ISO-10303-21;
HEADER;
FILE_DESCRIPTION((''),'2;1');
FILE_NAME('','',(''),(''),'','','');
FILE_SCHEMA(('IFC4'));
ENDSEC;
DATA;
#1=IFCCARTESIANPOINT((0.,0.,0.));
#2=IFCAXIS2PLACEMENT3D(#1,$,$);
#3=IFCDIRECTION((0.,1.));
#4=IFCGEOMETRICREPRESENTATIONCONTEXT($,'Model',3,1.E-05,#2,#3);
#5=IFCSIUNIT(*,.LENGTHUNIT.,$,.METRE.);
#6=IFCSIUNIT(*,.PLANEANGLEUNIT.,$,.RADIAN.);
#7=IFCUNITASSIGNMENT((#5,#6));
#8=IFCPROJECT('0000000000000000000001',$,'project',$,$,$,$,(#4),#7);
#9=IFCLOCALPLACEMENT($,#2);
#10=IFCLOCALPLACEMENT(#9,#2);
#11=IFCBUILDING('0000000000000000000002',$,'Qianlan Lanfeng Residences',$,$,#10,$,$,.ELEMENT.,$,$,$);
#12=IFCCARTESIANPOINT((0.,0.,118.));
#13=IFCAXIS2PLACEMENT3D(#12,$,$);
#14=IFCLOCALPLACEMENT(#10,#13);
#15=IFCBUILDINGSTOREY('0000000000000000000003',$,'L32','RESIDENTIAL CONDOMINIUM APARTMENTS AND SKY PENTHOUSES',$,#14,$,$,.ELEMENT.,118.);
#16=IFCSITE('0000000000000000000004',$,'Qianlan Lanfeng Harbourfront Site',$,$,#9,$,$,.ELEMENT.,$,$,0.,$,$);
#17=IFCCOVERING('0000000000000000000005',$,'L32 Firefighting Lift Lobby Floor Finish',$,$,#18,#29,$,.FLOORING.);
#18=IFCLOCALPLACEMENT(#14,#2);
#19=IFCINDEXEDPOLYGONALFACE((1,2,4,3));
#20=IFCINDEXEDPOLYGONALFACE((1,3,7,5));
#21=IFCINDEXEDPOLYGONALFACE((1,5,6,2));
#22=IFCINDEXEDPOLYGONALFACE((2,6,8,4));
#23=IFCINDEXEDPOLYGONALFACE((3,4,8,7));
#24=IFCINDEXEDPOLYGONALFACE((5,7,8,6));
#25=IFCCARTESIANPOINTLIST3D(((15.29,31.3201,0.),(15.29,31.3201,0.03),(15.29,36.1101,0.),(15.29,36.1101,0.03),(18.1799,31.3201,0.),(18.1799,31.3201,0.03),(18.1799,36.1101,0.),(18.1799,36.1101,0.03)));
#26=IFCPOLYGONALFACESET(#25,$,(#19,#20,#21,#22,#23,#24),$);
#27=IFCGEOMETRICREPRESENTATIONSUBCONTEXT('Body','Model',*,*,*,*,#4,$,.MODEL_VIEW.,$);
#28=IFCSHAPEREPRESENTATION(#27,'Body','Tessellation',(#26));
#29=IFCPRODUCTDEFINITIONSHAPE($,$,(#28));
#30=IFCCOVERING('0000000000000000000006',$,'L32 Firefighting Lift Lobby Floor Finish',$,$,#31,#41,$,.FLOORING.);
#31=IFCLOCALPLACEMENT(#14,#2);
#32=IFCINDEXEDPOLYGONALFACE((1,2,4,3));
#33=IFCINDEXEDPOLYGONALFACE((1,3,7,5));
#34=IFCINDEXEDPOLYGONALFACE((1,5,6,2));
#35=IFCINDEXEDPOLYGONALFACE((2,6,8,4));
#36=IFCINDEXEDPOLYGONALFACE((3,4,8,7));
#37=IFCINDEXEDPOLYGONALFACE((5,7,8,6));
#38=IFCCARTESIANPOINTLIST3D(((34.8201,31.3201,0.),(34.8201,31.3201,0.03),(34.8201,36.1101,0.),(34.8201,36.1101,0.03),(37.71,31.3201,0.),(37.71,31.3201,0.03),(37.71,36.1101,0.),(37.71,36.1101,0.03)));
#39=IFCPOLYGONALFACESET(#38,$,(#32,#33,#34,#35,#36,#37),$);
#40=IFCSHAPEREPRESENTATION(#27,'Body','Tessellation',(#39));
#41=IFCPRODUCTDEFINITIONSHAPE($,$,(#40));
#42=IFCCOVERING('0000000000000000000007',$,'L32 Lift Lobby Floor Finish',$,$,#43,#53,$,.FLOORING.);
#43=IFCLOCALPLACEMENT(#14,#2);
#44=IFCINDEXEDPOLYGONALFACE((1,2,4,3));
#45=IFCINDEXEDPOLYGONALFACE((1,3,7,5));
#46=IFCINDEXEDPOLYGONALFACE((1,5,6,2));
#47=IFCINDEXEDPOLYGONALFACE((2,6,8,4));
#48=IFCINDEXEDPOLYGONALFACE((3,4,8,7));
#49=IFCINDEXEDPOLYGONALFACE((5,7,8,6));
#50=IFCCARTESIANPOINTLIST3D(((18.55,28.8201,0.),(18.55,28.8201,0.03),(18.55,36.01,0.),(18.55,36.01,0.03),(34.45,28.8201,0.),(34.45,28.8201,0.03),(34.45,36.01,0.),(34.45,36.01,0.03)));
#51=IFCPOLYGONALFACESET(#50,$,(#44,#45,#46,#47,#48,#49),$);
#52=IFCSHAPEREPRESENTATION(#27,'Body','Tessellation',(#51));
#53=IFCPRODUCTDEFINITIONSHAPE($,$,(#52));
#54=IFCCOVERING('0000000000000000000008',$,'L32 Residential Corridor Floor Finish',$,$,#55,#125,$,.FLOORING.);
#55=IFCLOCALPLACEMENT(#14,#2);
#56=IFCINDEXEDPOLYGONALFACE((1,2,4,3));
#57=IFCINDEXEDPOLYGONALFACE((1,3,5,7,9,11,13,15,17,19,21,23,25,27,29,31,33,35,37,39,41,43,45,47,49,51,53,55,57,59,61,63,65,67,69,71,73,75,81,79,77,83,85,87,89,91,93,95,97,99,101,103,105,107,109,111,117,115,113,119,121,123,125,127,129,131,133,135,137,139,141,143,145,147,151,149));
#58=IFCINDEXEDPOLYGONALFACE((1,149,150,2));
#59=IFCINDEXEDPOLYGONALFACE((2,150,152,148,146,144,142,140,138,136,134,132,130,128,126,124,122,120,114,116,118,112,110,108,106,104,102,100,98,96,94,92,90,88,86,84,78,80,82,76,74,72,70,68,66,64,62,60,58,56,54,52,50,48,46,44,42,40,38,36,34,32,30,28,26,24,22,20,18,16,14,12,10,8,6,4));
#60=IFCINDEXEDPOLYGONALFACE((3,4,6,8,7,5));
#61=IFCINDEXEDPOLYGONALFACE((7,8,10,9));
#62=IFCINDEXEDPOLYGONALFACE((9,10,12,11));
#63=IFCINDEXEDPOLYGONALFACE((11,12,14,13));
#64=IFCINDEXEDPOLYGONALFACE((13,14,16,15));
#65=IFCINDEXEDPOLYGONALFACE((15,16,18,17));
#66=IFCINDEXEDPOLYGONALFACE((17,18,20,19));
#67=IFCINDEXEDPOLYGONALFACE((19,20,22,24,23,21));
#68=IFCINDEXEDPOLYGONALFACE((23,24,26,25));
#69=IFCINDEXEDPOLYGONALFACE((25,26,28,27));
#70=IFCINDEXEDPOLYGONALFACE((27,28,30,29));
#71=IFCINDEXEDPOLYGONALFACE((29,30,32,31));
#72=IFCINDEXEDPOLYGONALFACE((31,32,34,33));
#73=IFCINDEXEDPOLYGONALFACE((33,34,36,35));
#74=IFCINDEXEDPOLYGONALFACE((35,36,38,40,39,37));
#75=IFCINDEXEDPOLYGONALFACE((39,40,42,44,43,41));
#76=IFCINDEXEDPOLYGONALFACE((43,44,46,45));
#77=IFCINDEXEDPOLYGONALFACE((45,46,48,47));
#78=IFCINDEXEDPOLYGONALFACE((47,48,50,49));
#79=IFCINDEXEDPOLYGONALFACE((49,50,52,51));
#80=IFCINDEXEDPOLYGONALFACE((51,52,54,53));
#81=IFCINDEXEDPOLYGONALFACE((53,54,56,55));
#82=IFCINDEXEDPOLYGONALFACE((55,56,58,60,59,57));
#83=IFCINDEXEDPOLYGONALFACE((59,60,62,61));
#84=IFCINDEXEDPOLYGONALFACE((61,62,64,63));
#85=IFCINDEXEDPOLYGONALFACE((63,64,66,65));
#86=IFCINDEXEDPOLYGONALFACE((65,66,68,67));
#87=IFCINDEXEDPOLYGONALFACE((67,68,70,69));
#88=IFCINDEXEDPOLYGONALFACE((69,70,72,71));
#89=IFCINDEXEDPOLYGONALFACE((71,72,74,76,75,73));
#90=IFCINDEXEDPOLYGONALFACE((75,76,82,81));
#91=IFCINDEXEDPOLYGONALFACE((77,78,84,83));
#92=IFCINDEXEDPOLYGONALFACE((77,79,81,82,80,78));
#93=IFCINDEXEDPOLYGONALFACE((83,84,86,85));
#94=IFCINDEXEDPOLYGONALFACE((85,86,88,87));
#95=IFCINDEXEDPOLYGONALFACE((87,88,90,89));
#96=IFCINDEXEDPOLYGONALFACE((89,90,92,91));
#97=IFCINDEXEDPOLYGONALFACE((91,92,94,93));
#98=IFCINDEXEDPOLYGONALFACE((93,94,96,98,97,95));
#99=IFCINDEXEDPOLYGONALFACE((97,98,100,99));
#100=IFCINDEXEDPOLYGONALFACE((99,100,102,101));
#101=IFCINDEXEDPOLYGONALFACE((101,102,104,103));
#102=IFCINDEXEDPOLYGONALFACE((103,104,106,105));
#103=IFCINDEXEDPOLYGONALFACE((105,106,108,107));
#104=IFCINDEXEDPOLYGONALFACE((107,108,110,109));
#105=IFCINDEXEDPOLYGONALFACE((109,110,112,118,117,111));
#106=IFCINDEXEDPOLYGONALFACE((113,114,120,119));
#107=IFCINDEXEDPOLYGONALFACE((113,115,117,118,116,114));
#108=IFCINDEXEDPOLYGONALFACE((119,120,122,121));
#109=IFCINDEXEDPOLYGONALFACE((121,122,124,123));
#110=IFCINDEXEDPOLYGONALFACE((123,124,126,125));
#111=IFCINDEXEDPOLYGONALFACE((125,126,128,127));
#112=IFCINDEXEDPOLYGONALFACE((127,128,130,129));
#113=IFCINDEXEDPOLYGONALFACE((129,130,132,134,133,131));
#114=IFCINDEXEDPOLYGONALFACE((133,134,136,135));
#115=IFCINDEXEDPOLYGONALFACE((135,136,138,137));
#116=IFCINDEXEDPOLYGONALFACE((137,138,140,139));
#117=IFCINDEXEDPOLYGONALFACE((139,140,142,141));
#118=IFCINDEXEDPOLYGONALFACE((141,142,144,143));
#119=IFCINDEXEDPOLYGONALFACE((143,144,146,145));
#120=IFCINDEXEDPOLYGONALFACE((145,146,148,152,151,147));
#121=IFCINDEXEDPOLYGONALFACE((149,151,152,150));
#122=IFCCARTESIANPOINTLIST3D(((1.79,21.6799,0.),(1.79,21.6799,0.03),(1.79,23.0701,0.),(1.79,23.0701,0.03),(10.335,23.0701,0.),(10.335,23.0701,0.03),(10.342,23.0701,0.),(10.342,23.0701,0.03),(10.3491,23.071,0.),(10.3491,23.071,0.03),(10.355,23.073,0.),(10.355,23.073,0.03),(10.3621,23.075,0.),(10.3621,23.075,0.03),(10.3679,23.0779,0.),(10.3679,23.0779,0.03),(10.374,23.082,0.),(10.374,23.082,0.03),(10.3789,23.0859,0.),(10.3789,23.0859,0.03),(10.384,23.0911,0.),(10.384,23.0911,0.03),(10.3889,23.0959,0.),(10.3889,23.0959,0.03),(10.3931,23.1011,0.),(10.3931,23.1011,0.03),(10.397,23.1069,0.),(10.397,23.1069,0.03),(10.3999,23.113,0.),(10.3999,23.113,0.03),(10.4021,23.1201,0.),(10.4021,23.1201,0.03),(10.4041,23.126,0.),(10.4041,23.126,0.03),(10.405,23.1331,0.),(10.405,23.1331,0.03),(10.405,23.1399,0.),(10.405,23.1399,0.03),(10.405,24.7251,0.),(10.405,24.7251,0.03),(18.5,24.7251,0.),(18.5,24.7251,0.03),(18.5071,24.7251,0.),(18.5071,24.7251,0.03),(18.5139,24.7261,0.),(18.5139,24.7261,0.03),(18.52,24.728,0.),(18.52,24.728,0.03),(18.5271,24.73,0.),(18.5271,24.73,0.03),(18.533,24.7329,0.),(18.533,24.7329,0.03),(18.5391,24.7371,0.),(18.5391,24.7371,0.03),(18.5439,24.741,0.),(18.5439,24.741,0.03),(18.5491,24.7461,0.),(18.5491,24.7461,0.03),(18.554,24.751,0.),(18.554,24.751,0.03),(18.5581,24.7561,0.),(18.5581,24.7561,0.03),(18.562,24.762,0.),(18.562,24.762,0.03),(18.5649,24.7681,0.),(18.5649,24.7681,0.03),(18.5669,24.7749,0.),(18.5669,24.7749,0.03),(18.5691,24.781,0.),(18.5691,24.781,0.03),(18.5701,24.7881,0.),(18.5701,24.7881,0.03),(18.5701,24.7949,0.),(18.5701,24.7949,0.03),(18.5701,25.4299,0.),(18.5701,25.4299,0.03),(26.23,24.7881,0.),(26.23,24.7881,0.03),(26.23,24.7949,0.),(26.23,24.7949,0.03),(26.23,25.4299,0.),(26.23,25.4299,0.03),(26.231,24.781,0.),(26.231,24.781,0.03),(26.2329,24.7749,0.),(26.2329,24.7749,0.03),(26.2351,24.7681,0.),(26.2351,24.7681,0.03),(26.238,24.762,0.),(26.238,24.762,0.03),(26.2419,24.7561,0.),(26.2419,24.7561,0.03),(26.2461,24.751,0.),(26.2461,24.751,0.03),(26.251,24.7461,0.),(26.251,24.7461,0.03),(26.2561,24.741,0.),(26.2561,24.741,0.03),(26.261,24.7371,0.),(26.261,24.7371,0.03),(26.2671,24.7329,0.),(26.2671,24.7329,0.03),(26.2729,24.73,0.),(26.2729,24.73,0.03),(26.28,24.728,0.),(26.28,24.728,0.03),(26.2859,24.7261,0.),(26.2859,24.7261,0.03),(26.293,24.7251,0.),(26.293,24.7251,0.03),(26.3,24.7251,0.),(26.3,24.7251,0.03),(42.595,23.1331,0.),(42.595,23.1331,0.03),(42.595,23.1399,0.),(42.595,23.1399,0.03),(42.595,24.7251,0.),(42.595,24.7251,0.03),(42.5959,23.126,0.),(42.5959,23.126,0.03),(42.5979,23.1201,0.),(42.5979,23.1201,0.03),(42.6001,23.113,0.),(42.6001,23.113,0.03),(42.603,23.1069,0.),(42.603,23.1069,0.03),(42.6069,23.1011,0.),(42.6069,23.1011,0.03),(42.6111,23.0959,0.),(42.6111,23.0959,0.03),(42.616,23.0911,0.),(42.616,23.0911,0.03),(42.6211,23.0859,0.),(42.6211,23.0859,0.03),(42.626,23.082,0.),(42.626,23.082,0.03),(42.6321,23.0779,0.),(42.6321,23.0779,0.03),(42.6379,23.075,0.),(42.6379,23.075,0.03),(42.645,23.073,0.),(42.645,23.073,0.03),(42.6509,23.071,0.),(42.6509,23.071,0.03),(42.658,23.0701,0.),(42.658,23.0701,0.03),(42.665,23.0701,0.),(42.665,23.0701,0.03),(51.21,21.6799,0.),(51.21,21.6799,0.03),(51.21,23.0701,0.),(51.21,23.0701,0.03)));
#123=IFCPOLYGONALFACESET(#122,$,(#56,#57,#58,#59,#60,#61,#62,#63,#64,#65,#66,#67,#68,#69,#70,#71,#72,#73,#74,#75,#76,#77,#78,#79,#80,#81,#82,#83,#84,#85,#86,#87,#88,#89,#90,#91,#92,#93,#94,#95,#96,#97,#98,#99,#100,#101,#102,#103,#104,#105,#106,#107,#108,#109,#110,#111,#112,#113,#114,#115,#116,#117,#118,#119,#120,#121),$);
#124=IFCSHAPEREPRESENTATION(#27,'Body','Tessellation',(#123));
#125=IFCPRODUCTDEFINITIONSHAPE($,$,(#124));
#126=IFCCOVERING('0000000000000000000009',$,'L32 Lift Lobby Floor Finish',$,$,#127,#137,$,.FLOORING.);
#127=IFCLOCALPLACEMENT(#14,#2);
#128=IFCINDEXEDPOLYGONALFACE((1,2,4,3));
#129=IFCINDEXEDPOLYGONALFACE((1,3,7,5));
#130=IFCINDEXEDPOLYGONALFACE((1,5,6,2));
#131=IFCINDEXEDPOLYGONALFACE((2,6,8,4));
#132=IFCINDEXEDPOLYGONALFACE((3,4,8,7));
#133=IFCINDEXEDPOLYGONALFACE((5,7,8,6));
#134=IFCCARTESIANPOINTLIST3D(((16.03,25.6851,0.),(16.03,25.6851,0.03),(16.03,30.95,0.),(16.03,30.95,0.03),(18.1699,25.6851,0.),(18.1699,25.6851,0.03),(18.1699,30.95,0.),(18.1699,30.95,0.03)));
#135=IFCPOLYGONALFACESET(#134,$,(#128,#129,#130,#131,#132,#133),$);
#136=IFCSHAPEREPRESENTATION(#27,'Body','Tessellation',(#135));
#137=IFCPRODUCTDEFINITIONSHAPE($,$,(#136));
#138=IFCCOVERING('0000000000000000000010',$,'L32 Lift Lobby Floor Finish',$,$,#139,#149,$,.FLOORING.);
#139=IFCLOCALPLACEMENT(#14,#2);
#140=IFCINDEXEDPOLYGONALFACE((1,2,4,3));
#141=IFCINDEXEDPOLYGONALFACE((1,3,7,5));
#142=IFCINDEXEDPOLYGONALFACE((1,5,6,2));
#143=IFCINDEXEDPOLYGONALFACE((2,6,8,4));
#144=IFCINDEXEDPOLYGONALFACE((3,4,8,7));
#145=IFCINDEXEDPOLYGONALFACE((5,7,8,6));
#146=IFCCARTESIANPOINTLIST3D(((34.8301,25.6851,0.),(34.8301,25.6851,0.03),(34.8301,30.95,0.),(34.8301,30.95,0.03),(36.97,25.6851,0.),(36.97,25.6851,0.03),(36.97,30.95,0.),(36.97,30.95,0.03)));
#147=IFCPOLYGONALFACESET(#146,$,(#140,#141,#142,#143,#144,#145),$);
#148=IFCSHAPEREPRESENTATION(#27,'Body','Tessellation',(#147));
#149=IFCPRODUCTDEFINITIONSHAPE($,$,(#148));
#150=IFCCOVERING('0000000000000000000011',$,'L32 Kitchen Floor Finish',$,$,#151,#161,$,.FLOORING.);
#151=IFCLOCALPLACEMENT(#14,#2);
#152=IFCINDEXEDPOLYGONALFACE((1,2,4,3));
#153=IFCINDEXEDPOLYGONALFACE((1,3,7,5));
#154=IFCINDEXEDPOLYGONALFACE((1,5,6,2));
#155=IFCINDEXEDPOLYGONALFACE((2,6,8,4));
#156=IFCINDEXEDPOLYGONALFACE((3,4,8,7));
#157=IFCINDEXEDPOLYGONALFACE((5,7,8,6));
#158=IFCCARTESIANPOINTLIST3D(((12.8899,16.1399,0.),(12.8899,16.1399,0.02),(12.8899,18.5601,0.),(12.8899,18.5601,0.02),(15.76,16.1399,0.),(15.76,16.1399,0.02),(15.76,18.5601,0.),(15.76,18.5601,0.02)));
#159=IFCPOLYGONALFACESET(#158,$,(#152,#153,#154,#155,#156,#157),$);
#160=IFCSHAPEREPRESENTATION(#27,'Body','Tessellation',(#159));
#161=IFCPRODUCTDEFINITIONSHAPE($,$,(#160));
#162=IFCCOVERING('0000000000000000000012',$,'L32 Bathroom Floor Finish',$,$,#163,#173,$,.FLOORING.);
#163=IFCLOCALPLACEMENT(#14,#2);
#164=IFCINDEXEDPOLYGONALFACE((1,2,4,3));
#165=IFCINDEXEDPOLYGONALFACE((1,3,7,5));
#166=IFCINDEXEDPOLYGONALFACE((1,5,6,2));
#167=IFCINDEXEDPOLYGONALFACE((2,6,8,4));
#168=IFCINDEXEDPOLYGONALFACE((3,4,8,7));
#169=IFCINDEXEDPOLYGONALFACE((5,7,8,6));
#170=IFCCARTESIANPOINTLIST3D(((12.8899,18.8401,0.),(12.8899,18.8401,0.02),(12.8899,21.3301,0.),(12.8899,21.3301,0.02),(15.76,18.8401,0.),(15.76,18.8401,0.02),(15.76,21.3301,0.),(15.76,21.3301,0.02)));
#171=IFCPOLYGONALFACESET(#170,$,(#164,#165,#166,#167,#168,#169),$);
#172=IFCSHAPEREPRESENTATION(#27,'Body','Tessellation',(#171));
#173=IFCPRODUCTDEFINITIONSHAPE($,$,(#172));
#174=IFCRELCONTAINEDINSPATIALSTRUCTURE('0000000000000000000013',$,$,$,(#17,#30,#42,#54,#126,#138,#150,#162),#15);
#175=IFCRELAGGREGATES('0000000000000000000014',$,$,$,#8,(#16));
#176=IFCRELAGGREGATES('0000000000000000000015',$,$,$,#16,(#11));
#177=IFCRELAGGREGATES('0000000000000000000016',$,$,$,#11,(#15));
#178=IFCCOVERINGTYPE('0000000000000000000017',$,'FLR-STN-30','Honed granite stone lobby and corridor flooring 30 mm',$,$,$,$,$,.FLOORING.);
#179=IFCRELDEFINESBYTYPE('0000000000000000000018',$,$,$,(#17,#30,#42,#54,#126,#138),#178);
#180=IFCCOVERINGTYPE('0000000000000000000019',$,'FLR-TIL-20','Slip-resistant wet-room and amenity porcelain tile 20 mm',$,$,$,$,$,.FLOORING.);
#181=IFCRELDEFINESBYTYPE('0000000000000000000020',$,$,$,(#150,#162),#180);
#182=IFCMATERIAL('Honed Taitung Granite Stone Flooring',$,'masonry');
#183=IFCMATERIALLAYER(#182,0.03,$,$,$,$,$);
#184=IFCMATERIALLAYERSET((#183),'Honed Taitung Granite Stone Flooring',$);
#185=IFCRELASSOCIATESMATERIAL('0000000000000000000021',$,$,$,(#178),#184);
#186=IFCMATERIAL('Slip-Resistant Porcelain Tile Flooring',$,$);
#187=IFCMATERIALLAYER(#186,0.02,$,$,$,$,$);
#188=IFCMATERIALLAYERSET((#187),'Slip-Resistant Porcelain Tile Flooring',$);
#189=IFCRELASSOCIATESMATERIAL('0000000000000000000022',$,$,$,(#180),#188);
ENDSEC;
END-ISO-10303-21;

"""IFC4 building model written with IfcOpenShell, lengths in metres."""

from ifc_helpers import new_model, si_unit, direction, frame, origin, place, context, subcontext, project, spatial, polyline, outline, extrude, material, layer, layer_set, type_object, element, save


model = new_model("IFC4")

# Units and contexts
model_context = context("Model", 3, precision=1e-05, world=origin(), true_north=direction((0.0, 1.0)))
body_context = subcontext(model_context, "Body", "Model", "MODEL_VIEW")
ifc_project = project(units=[si_unit("LENGTHUNIT", "METRE"), si_unit("PLANEANGLEUNIT", "RADIAN")], contexts=[model_context])

# Site, building, storey
site_placement = place(None, origin())
site = spatial("IfcSite", under=ifc_project, at=site_placement, Name="Qianlan Lanfeng Harbourfront Site", CompositionType="ELEMENT", RefElevation=0.0)
building_placement = place(site_placement, origin())
building = spatial("IfcBuilding", under=site, at=building_placement, Name="Qianlan Lanfeng Residences", CompositionType="ELEMENT")
storey_placement = place(building_placement, frame((0.0, 0.0, 118.0)))
storey = spatial("IfcBuildingStorey", under=building, at=storey_placement, Name="L32", Description="RESIDENTIAL CONDOMINIUM APARTMENTS AND SKY PENTHOUSES", CompositionType="ELEMENT", Elevation=118.0)

# Coverings
ifc_material_1 = material(Name="Honed Taitung Granite Stone Flooring", Category="masonry")
ifc_layer_1 = layer(ifc_material_1, 0.03)
ifc_layer_set_1 = layer_set([ifc_layer_1], Name="Honed Taitung Granite Stone Flooring")
covering_type_1 = type_object("IfcCoveringType", Name="FLR-STN-30", Description="Honed granite stone lobby and corridor flooring 30 mm", PredefinedType="FLOORING", material=ifc_layer_set_1)
covering_1_placement = place(storey_placement, origin())
element("IfcCovering", 1, at=covering_1_placement, inside=storey, type_object=covering_type_1, Name="L32 Firefighting Lift Lobby Floor Finish", PredefinedType="FLOORING", context=body_context, shape_type="SweptSolid", body=[
    extrude(outline(polyline([(15.29, 31.3201), (18.1799, 31.3201), (18.1799, 36.1101), (15.29, 36.1101), (15.29, 31.3201)])), origin(), (0.0, 0.0, 1.0), 0.03),
])
covering_2_placement = place(storey_placement, origin())
element("IfcCovering", 2, at=covering_2_placement, inside=storey, type_object=covering_type_1, Name="L32 Firefighting Lift Lobby Floor Finish", PredefinedType="FLOORING", context=body_context, shape_type="SweptSolid", body=[
    extrude(outline(polyline([(34.8201, 31.3201), (37.71, 31.3201), (37.71, 36.1101), (34.8201, 36.1101), (34.8201, 31.3201)])), origin(), (0.0, 0.0, 1.0), 0.03),
])
covering_3_placement = place(storey_placement, origin())
element("IfcCovering", 3, at=covering_3_placement, inside=storey, type_object=covering_type_1, Name="L32 Lift Lobby Floor Finish", PredefinedType="FLOORING", context=body_context, shape_type="SweptSolid", body=[
    extrude(outline(polyline([(18.55, 28.8201), (34.45, 28.8201), (34.45, 36.01), (18.55, 36.01), (18.55, 28.8201)])), origin(), (0.0, 0.0, 1.0), 0.03),
])
covering_4_placement = place(storey_placement, origin())
element("IfcCovering", 4, at=covering_4_placement, inside=storey, type_object=covering_type_1, Name="L32 Residential Corridor Floor Finish", PredefinedType="FLOORING", context=body_context, shape_type="SweptSolid", body=[
    extrude(outline(polyline([(1.79, 21.6799), (51.21, 21.6799), (51.21, 23.0701), (42.665, 23.0701), (42.658, 23.0701), (42.6509, 23.071), (42.645, 23.073), (42.6379, 23.075), (42.6321, 23.0779), (42.626, 23.082), (42.6211, 23.0859), (42.616, 23.0911), (42.6111, 23.0959), (42.6069, 23.1011), (42.603, 23.1069), (42.6001, 23.113), (42.5979, 23.1201), (42.5959, 23.126), (42.595, 23.1331), (42.595, 23.1399), (42.595, 24.7251), (26.3, 24.7251), (26.293, 24.7251), (26.2859, 24.7261), (26.28, 24.728), (26.2729, 24.73), (26.2671, 24.7329), (26.261, 24.7371), (26.2561, 24.741), (26.251, 24.7461), (26.2461, 24.751), (26.2419, 24.7561), (26.238, 24.762), (26.2351, 24.7681), (26.2329, 24.7749), (26.231, 24.781), (26.23, 24.7881), (26.23, 24.7949), (26.23, 25.4299), (18.5701, 25.4299), (18.5701, 24.7949), (18.5701, 24.7881), (18.5691, 24.781), (18.5669, 24.7749), (18.5649, 24.7681), (18.562, 24.762), (18.5581, 24.7561), (18.554, 24.751), (18.5491, 24.7461), (18.5439, 24.741), (18.5391, 24.7371), (18.533, 24.7329), (18.5271, 24.73), (18.52, 24.728), (18.5139, 24.7261), (18.5071, 24.7251), (18.5, 24.7251), (10.405, 24.7251), (10.405, 23.1399), (10.405, 23.1331), (10.4041, 23.126), (10.4021, 23.1201), (10.3999, 23.113), (10.397, 23.1069), (10.3931, 23.1011), (10.3889, 23.0959), (10.384, 23.0911), (10.3789, 23.0859), (10.374, 23.082), (10.3679, 23.0779), (10.3621, 23.075), (10.355, 23.073), (10.3491, 23.071), (10.342, 23.0701), (10.335, 23.0701), (1.79, 23.0701), (1.79, 21.6799)])), origin(), (0.0, 0.0, 1.0), 0.03),
])
covering_5_placement = place(storey_placement, origin())
element("IfcCovering", 5, at=covering_5_placement, inside=storey, type_object=covering_type_1, Name="L32 Lift Lobby Floor Finish", PredefinedType="FLOORING", context=body_context, shape_type="SweptSolid", body=[
    extrude(outline(polyline([(16.03, 25.6851), (18.1699, 25.6851), (18.1699, 30.95), (16.03, 30.95), (16.03, 25.6851)])), origin(), (0.0, 0.0, 1.0), 0.03),
])
covering_6_placement = place(storey_placement, origin())
element("IfcCovering", 6, at=covering_6_placement, inside=storey, type_object=covering_type_1, Name="L32 Lift Lobby Floor Finish", PredefinedType="FLOORING", context=body_context, shape_type="SweptSolid", body=[
    extrude(outline(polyline([(34.8301, 25.6851), (36.97, 25.6851), (36.97, 30.95), (34.8301, 30.95), (34.8301, 25.6851)])), origin(), (0.0, 0.0, 1.0), 0.03),
])
ifc_material_2 = material(Name="Slip-Resistant Porcelain Tile Flooring")
ifc_layer_2 = layer(ifc_material_2, 0.02)
ifc_layer_set_2 = layer_set([ifc_layer_2], Name="Slip-Resistant Porcelain Tile Flooring")
covering_type_2 = type_object("IfcCoveringType", Name="FLR-TIL-20", Description="Slip-resistant wet-room and amenity porcelain tile 20 mm", PredefinedType="FLOORING", material=ifc_layer_set_2)
covering_7_placement = place(storey_placement, origin())
element("IfcCovering", 7, at=covering_7_placement, inside=storey, type_object=covering_type_2, Name="L32 Kitchen Floor Finish", PredefinedType="FLOORING", context=body_context, shape_type="SweptSolid", body=[
    extrude(outline(polyline([(12.8899, 16.1399), (15.76, 16.1399), (15.76, 18.5601), (12.8899, 18.5601), (12.8899, 16.1399)])), origin(), (0.0, 0.0, 1.0), 0.02),
])
covering_8_placement = place(storey_placement, origin())
element("IfcCovering", 8, at=covering_8_placement, inside=storey, type_object=covering_type_2, Name="L32 Bathroom Floor Finish", PredefinedType="FLOORING", context=body_context, shape_type="SweptSolid", body=[
    extrude(outline(polyline([(12.8899, 18.8401), (15.76, 18.8401), (15.76, 21.3301), (12.8899, 21.3301), (12.8899, 18.8401)])), origin(), (0.0, 0.0, 1.0), 0.02),
])

save(model, "model.ifc")
